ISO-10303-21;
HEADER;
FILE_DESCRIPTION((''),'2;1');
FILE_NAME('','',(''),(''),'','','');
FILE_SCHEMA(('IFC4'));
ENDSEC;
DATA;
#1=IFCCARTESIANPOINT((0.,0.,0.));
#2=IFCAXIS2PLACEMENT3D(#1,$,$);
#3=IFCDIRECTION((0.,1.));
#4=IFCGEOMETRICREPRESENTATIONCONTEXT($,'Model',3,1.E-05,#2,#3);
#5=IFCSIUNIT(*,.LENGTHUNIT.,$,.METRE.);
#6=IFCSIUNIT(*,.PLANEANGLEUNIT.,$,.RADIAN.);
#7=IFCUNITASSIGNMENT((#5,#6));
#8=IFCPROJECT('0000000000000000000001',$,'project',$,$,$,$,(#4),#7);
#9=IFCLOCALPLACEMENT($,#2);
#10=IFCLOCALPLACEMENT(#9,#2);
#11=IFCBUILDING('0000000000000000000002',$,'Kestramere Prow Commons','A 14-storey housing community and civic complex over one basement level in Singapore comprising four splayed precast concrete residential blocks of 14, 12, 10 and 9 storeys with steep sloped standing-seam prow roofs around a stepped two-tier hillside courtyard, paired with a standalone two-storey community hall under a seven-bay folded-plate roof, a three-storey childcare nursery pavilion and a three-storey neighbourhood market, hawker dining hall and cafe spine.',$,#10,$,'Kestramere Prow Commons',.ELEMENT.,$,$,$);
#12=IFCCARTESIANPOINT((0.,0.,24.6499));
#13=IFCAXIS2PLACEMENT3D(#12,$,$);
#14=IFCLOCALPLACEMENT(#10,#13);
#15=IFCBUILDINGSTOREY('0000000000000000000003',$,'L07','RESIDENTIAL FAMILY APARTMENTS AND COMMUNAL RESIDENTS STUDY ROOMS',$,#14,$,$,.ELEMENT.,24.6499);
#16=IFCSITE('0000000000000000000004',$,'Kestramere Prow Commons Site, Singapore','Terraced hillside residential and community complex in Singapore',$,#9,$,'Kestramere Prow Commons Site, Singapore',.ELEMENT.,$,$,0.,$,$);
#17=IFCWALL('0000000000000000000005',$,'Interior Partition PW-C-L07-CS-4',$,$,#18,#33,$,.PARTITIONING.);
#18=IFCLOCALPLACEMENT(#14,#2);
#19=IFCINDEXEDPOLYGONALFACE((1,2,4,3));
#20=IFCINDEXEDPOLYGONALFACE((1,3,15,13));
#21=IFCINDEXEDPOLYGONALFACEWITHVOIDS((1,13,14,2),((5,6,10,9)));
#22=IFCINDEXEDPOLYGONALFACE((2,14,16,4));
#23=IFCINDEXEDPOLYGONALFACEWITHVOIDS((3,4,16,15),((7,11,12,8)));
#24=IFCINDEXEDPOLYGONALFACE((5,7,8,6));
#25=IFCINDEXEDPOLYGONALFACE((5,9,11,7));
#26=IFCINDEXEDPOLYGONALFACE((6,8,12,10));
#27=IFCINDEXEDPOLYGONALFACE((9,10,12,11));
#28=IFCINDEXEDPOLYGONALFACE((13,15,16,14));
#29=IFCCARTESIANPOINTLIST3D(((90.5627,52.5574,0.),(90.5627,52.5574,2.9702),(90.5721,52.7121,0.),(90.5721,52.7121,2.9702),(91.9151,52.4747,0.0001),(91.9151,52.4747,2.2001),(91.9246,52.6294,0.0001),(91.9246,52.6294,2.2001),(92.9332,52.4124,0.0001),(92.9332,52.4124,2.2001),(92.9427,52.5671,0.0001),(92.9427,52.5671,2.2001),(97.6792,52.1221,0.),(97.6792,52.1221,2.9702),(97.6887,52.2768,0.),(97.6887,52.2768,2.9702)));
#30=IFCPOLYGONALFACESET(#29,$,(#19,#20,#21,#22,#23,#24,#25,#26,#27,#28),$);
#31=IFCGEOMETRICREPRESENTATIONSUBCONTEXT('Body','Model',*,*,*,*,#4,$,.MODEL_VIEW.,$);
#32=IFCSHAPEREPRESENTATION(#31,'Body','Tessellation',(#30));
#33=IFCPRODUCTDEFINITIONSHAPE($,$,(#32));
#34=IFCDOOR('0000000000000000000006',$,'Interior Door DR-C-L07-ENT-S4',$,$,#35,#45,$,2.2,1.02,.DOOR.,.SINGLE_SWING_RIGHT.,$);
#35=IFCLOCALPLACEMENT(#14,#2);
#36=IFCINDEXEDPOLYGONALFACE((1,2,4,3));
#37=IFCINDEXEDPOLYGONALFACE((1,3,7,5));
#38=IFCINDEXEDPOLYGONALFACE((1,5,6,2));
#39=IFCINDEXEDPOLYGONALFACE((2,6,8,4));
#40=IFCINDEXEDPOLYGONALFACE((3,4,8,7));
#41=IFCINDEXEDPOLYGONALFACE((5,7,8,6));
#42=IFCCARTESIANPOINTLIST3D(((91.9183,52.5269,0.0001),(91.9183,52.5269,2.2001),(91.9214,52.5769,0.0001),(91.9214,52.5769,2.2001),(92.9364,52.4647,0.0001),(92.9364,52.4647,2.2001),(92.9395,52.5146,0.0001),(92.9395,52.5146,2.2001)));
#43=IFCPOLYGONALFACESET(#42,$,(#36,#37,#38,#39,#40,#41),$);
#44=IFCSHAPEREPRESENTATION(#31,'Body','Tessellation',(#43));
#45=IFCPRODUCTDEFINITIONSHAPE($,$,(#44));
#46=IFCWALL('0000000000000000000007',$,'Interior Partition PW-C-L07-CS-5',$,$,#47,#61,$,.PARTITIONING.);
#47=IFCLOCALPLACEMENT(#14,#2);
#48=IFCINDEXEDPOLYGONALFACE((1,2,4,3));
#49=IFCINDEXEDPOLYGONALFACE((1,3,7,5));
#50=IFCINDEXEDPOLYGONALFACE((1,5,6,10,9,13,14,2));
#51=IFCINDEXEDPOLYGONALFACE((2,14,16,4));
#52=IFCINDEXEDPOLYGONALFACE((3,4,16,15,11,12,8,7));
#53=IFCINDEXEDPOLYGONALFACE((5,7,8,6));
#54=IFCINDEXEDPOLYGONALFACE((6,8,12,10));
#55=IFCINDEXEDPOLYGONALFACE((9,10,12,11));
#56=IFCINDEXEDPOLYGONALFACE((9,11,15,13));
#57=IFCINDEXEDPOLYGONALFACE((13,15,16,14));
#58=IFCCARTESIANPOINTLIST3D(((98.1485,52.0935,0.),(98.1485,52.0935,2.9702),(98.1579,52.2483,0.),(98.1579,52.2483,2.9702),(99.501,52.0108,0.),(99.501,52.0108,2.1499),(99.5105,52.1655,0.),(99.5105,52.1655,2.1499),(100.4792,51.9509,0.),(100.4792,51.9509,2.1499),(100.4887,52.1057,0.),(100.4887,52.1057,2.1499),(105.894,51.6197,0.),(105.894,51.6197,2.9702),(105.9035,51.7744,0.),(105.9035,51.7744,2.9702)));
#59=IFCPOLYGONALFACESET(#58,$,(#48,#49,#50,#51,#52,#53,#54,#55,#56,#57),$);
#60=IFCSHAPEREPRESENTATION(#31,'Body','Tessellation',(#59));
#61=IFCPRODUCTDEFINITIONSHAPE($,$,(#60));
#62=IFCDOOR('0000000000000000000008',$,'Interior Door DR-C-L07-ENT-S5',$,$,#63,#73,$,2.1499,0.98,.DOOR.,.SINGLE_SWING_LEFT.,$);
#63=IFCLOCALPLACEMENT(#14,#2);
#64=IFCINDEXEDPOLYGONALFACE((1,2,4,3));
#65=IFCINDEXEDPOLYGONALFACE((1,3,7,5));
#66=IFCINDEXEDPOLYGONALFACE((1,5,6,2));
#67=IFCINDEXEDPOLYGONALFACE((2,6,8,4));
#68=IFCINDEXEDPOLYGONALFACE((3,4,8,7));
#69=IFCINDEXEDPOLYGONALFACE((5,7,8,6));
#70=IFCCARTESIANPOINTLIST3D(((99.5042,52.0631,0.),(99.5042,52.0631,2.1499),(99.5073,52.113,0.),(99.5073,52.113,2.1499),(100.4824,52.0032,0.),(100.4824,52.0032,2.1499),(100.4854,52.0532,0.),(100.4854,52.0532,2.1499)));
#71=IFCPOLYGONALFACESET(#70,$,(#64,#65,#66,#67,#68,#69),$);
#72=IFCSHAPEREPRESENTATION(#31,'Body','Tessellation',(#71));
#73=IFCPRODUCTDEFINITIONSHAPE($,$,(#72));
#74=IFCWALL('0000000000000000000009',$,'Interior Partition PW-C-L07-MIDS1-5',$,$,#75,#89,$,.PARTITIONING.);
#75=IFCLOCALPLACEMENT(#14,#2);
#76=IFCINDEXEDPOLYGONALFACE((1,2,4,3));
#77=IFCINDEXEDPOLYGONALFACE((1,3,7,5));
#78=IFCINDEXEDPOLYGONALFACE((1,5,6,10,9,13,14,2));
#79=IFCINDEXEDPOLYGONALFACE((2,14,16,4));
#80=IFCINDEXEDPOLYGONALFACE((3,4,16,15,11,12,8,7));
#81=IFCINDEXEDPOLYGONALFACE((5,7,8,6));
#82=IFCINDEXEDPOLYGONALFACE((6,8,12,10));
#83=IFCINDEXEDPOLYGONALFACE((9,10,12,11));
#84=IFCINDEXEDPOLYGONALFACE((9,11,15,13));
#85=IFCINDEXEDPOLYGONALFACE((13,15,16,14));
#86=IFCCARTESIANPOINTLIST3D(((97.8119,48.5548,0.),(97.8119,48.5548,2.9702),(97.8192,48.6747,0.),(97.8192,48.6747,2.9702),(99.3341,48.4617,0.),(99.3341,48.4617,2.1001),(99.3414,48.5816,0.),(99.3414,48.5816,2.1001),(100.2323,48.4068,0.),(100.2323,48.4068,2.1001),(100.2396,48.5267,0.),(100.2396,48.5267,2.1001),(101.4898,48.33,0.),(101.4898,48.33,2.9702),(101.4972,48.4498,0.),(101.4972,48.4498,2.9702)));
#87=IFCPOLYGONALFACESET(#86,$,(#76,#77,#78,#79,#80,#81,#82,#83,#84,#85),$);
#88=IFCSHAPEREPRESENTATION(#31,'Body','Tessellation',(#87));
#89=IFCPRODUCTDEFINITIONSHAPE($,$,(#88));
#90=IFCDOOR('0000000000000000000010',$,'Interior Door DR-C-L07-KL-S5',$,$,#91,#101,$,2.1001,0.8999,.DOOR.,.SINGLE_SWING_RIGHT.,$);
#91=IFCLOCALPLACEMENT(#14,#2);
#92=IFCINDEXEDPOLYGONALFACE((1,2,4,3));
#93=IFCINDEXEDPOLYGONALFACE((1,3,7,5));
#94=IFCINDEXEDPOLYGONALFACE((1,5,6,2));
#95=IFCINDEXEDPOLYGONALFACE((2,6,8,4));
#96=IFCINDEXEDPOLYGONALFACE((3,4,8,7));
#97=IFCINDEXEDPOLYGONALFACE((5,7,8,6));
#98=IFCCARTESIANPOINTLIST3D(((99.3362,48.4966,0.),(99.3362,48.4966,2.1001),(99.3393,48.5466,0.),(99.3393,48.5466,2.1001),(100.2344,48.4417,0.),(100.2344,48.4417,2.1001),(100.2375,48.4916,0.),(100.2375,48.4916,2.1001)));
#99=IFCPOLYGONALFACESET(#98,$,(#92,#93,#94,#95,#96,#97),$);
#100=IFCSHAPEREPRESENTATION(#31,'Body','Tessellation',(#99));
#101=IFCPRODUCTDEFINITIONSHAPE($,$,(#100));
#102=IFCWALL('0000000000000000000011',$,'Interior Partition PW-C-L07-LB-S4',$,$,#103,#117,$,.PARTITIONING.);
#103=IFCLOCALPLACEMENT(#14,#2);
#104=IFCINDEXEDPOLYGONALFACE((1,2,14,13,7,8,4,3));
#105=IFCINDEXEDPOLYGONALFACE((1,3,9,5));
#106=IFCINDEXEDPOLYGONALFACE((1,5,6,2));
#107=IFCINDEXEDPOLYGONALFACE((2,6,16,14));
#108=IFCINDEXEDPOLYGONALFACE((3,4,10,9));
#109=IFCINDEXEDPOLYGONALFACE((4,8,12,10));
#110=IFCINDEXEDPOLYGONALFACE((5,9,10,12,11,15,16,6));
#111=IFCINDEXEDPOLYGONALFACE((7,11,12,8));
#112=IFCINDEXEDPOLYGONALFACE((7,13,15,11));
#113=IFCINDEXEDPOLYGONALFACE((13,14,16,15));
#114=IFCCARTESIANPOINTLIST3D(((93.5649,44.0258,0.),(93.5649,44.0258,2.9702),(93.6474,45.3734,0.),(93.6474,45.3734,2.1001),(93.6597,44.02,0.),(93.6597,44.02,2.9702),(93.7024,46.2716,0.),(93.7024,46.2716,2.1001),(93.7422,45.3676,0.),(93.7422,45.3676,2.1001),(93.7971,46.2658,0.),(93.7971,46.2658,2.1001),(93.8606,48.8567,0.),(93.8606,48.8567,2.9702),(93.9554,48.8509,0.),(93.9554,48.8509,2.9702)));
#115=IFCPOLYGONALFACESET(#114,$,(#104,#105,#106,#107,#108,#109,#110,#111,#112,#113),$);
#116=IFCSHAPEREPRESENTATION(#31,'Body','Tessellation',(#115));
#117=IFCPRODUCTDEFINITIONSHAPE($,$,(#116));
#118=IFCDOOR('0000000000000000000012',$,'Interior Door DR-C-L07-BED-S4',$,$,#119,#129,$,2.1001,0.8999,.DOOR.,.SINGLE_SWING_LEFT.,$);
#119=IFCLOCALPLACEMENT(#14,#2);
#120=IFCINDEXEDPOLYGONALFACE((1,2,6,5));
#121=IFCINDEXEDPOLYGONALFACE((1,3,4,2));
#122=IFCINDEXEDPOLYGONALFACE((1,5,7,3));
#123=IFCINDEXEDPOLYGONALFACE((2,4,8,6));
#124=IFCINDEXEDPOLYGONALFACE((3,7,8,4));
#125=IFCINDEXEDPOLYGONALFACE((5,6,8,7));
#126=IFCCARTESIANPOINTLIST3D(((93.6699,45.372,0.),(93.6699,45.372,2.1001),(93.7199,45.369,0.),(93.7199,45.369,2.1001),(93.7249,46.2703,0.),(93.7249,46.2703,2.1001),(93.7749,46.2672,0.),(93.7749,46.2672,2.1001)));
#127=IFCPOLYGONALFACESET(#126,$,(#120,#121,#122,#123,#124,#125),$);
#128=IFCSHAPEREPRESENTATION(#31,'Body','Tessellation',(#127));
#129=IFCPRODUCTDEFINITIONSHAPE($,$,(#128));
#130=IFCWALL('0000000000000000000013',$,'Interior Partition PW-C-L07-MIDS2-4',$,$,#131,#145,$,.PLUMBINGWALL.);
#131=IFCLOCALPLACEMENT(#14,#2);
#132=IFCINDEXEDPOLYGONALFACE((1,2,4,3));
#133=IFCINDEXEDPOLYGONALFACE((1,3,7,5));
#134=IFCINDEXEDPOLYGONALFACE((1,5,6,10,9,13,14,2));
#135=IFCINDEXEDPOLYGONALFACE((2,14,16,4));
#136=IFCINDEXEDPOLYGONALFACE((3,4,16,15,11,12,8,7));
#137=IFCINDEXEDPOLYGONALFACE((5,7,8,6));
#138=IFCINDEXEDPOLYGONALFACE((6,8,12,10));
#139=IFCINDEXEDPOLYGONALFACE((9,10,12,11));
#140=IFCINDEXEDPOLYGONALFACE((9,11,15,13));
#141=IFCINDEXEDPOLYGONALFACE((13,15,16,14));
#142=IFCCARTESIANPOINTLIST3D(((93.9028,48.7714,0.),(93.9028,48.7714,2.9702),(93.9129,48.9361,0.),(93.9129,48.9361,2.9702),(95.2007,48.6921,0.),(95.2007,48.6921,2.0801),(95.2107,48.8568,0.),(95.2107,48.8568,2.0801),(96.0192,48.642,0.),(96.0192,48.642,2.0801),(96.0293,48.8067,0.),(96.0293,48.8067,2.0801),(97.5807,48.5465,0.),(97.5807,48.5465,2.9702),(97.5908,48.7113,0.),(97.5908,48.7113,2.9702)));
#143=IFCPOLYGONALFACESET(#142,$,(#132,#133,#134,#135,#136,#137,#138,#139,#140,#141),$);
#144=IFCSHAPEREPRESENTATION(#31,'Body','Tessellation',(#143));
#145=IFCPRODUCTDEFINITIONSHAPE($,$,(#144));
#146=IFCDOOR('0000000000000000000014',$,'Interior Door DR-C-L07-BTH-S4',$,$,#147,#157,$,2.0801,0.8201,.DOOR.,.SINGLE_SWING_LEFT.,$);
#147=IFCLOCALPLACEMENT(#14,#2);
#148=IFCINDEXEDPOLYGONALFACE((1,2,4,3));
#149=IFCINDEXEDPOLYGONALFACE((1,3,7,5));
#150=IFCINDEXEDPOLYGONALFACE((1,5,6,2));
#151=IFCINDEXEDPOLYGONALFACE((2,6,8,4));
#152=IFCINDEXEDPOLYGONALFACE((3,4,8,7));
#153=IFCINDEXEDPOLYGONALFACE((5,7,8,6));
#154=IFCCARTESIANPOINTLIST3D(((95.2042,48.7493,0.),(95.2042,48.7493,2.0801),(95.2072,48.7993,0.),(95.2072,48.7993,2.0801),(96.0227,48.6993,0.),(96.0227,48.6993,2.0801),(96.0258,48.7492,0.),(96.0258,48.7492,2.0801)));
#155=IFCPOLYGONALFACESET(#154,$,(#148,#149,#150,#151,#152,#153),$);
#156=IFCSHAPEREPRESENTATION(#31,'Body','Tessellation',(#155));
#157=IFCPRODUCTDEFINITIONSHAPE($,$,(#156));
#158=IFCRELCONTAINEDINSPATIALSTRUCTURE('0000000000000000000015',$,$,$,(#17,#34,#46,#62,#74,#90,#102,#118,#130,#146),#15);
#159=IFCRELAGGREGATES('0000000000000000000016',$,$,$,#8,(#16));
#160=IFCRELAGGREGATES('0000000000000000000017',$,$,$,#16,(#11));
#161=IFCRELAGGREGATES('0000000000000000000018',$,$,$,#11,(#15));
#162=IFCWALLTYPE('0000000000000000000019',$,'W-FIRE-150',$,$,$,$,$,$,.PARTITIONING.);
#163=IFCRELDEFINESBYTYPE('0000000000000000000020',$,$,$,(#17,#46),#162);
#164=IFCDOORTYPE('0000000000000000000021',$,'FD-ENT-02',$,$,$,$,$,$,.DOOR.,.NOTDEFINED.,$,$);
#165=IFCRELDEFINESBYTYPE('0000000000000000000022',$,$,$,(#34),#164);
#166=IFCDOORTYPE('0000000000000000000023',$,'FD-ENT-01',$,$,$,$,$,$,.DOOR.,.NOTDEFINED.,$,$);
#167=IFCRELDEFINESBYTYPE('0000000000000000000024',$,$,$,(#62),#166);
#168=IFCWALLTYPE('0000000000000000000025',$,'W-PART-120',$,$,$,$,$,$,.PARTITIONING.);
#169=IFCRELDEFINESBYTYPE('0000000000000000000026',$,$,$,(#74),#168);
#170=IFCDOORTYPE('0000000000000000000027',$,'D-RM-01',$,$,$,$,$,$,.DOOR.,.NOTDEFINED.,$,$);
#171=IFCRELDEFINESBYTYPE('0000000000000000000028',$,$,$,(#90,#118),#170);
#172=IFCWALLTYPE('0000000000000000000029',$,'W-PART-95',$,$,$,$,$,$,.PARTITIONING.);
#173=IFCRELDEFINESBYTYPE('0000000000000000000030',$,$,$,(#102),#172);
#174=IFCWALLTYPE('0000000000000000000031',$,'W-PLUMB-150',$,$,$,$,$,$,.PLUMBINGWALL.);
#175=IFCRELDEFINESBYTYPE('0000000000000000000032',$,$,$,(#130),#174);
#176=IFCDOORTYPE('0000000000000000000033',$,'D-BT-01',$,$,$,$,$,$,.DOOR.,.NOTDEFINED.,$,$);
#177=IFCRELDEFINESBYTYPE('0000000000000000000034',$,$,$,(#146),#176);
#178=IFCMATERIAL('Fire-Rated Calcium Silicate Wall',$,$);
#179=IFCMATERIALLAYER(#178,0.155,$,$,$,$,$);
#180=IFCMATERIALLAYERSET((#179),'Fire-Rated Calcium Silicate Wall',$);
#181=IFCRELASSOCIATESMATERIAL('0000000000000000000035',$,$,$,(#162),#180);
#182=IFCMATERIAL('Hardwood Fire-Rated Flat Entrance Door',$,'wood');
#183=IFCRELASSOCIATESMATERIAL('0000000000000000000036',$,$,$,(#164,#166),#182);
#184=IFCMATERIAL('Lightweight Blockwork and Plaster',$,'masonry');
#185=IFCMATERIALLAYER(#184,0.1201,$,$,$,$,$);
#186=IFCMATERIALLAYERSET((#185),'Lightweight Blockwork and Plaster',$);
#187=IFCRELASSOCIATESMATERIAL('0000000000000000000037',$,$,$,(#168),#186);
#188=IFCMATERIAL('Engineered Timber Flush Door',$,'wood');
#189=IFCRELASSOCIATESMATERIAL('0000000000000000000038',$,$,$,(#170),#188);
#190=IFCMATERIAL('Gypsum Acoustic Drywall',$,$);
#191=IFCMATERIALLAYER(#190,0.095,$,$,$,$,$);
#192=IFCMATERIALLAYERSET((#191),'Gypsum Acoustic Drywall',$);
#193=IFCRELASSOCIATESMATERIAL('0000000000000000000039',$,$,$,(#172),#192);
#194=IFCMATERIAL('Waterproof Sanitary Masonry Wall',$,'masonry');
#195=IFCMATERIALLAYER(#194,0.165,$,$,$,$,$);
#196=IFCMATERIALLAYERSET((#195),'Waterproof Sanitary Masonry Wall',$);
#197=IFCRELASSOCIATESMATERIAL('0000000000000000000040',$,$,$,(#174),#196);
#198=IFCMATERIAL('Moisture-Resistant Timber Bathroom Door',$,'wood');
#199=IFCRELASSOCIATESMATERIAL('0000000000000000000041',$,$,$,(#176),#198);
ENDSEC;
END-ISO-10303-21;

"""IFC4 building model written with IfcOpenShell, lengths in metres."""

from ifc_helpers import new_model, si_unit, direction, frame, frame_2d, origin, place, context, subcontext, project, spatial, rectangle, extrude, material, layer, layer_set, type_object, element, fill, save


model = new_model("IFC4")

# Units and contexts
model_context = context("Model", 3, precision=1e-05, world=origin(), true_north=direction((0.0, 1.0)))
body_context = subcontext(model_context, "Body", "Model", "MODEL_VIEW")
ifc_project = project(units=[si_unit("LENGTHUNIT", "METRE"), si_unit("PLANEANGLEUNIT", "RADIAN")], contexts=[model_context])

# Site, building, storey
site_placement = place(None, origin())
site = spatial("IfcSite", under=ifc_project, at=site_placement, Name="Kestramere Prow Commons Site, Singapore", Description="Terraced hillside residential and community complex in Singapore", LongName="Kestramere Prow Commons Site, Singapore", CompositionType="ELEMENT", RefElevation=0.0)
building_placement = place(site_placement, origin())
building = spatial("IfcBuilding", under=site, at=building_placement, Name="Kestramere Prow Commons", Description="A 14-storey housing community and civic complex over one basement level in Singapore comprising four splayed precast concrete residential blocks of 14, 12, 10 and 9 storeys with steep sloped standing-seam prow roofs around a stepped two-tier hillside courtyard, paired with a standalone two-storey community hall under a seven-bay folded-plate roof, a three-storey childcare nursery pavilion and a three-storey neighbourhood market, hawker dining hall and cafe spine.", LongName="Kestramere Prow Commons", CompositionType="ELEMENT")
storey_placement = place(building_placement, frame((0.0, 0.0, 24.6499)))
storey = spatial("IfcBuildingStorey", under=building, at=storey_placement, Name="L07", Description="RESIDENTIAL FAMILY APARTMENTS AND COMMUNAL RESIDENTS STUDY ROOMS", CompositionType="ELEMENT", Elevation=24.6499)

# Walls, openings, doors
ifc_material_1 = material(Name="Fire-Rated Calcium Silicate Wall")
ifc_layer_1 = layer(ifc_material_1, 0.155)
ifc_layer_set_1 = layer_set([ifc_layer_1], Name="Fire-Rated Calcium Silicate Wall")
wall_type_1 = type_object("IfcWallType", Name="W-FIRE-150", PredefinedType="PARTITIONING", material=ifc_layer_set_1)
wall_1_placement = place(storey_placement, frame((90.5674, 52.6348, 0.0), z_axis=(0.0, 0.0, 1.0), x_axis=(0.998135, -0.061052, 0.0)))
wall_1 = element("IfcWall", 1, at=wall_1_placement, inside=storey, type_object=wall_type_1, Name="Interior Partition PW-C-L07-CS-4", PredefinedType="PARTITIONING", context=body_context, shape_type="SweptSolid", body=[
    extrude(rectangle(XDim=7.1299, YDim=0.155, at=frame_2d((3.5649, 0.0))), origin(), (0.0, 0.0, 1.0), 2.9702),
])
opening_1_placement = place(wall_1_placement, frame((1.355, 0.0, 0.0)))
opening_1 = element("IfcOpeningElement", 2, at=opening_1_placement, cuts=wall_1, PredefinedType="OPENING", context=body_context, shape_type="SweptSolid", body=[
    extrude(rectangle(XDim=1.02, YDim=2.2, at=frame_2d((0.51, 1.1001))), frame((0.0, 0.0925, 0.0), z_axis=(0.0, -1.0, 0.0), x_axis=(1.0, 0.0, 0.0)), (0.0, 0.0, 1.0), 0.1851),
])
ifc_material_2 = material(Name="Hardwood Fire-Rated Flat Entrance Door", Category="wood")
door_type_1 = type_object("IfcDoorType", Name="FD-ENT-02", OperationType="NOTDEFINED", PredefinedType="DOOR", material=ifc_material_2)
door_1_placement = place(opening_1_placement, origin())
door_1 = element("IfcDoor", 3, at=door_1_placement, inside=storey, type_object=door_type_1, Name="Interior Door DR-C-L07-ENT-S4", OperationType="SINGLE_SWING_RIGHT", OverallHeight=2.2, OverallWidth=1.02, PredefinedType="DOOR", context=body_context, shape_type="SweptSolid", body=[
    extrude(rectangle(XDim=1.02, YDim=2.2, at=frame_2d((0.51, 1.1001))), frame((0.0, 0.0249, 0.0), z_axis=(0.0, -1.0, 0.0), x_axis=(1.0, 0.0, 0.0)), (0.0, 0.0, 1.0), 0.05),
])
fill(opening_1, door_1)
wall_2_placement = place(storey_placement, frame((98.1533, 52.1709, 0.0), z_axis=(0.0, 0.0, 1.0), x_axis=(0.998134, -0.061066, 0.0)))
wall_2 = element("IfcWall", 4, at=wall_2_placement, inside=storey, type_object=wall_type_1, Name="Interior Partition PW-C-L07-CS-5", PredefinedType="PARTITIONING", context=body_context, shape_type="SweptSolid", body=[
    extrude(rectangle(XDim=7.76, YDim=0.155, at=frame_2d((3.8799, 0.0))), origin(), (0.0, 0.0, 1.0), 2.9702),
])
opening_2_placement = place(wall_2_placement, frame((1.355, 0.0, 0.0)))
opening_2 = element("IfcOpeningElement", 5, at=opening_2_placement, cuts=wall_2, PredefinedType="OPENING", context=body_context, shape_type="SweptSolid", body=[
    extrude(rectangle(XDim=0.98, YDim=2.1499, at=frame_2d((0.49, 1.075))), frame((0.0, 0.0925, 0.0), z_axis=(0.0, -1.0, 0.0), x_axis=(1.0, 0.0, 0.0)), (0.0, 0.0, 1.0), 0.1851),
])
door_type_2 = type_object("IfcDoorType", Name="FD-ENT-01", OperationType="NOTDEFINED", PredefinedType="DOOR", material=ifc_material_2)
door_2_placement = place(opening_2_placement, origin())
door_2 = element("IfcDoor", 6, at=door_2_placement, inside=storey, type_object=door_type_2, Name="Interior Door DR-C-L07-ENT-S5", OperationType="SINGLE_SWING_LEFT", OverallHeight=2.1499, OverallWidth=0.98, PredefinedType="DOOR", context=body_context, shape_type="SweptSolid", body=[
    extrude(rectangle(XDim=0.98, YDim=2.1499, at=frame_2d((0.49, 1.075))), frame((0.0, 0.0249, 0.0), z_axis=(0.0, -1.0, 0.0), x_axis=(1.0, 0.0, 0.0)), (0.0, 0.0, 1.0), 0.05),
])
fill(opening_2, door_2)
ifc_material_3 = material(Name="Lightweight Blockwork and Plaster", Category="masonry")
ifc_layer_2 = layer(ifc_material_3, 0.1201)
ifc_layer_set_2 = layer_set([ifc_layer_2], Name="Lightweight Blockwork and Plaster")
wall_type_2 = type_object("IfcWallType", Name="W-PART-120", PredefinedType="PARTITIONING", material=ifc_layer_set_2)
wall_3_placement = place(storey_placement, frame((97.8157, 48.6147, 0.0), z_axis=(0.0, 0.0, 1.0), x_axis=(0.998136, -0.061021, 0.0)))
wall_3 = element("IfcWall", 7, at=wall_3_placement, inside=storey, type_object=wall_type_2, Name="Interior Partition PW-C-L07-MIDS1-5", PredefinedType="PARTITIONING", context=body_context, shape_type="SweptSolid", body=[
    extrude(rectangle(XDim=3.6848, YDim=0.1201, at=frame_2d((1.8423, 0.0))), origin(), (0.0, 0.0, 1.0), 2.9702),
])
opening_3_placement = place(wall_3_placement, frame((1.5249, 0.0, 0.0)))
opening_3 = element("IfcOpeningElement", 8, at=opening_3_placement, cuts=wall_3, PredefinedType="OPENING", context=body_context, shape_type="SweptSolid", body=[
    extrude(rectangle(XDim=0.8999, YDim=2.1001, at=frame_2d((0.45, 1.05))), frame((0.0, 0.075, 0.0), z_axis=(0.0, -1.0, 0.0), x_axis=(1.0, 0.0, 0.0)), (0.0, 0.0, 1.0), 0.1501),
])
ifc_material_4 = material(Name="Engineered Timber Flush Door", Category="wood")
door_type_3 = type_object("IfcDoorType", Name="D-RM-01", OperationType="NOTDEFINED", PredefinedType="DOOR", material=ifc_material_4)
door_3_placement = place(opening_3_placement, origin())
door_3 = element("IfcDoor", 9, at=door_3_placement, inside=storey, type_object=door_type_3, Name="Interior Door DR-C-L07-KL-S5", OperationType="SINGLE_SWING_RIGHT", OverallHeight=2.1001, OverallWidth=0.8999, PredefinedType="DOOR", context=body_context, shape_type="SweptSolid", body=[
    extrude(rectangle(XDim=0.8999, YDim=2.1001, at=frame_2d((0.45, 1.05))), frame((0.0, 0.0249, 0.0), z_axis=(0.0, -1.0, 0.0), x_axis=(1.0, 0.0, 0.0)), (0.0, 0.0, 1.0), 0.05),
])
fill(opening_3, door_3)
ifc_material_5 = material(Name="Gypsum Acoustic Drywall")
ifc_layer_3 = layer(ifc_material_5, 0.095)
ifc_layer_set_3 = layer_set([ifc_layer_3], Name="Gypsum Acoustic Drywall")
wall_type_3 = type_object("IfcWallType", Name="W-PART-95", PredefinedType="PARTITIONING", material=ifc_layer_set_3)
wall_4_placement = place(storey_placement, frame((93.6123, 44.0229, 0.0), z_axis=(0.0, 0.0, 1.0), x_axis=(0.061087, 0.998132, 0.0)))
wall_4 = element("IfcWall", 10, at=wall_4_placement, inside=storey, type_object=wall_type_3, Name="Interior Partition PW-C-L07-LB-S4", PredefinedType="PARTITIONING", context=body_context, shape_type="SweptSolid", body=[
    extrude(rectangle(XDim=4.8398, YDim=0.095, at=frame_2d((2.4199, 0.0))), origin(), (0.0, 0.0, 1.0), 2.9702),
])
opening_4_placement = place(wall_4_placement, frame((1.3501, 0.0, 0.0)))
opening_4 = element("IfcOpeningElement", 11, at=opening_4_placement, cuts=wall_4, PredefinedType="OPENING", context=body_context, shape_type="SweptSolid", body=[
    extrude(rectangle(XDim=0.8999, YDim=2.1001, at=frame_2d((0.45, 1.05))), frame((0.0, 0.0625, 0.0), z_axis=(0.0, -1.0, 0.0), x_axis=(1.0, 0.0, 0.0)), (0.0, 0.0, 1.0), 0.125),
])
door_4_placement = place(opening_4_placement, origin())
door_4 = element("IfcDoor", 12, at=door_4_placement, inside=storey, type_object=door_type_3, Name="Interior Door DR-C-L07-BED-S4", OperationType="SINGLE_SWING_LEFT", OverallHeight=2.1001, OverallWidth=0.8999, PredefinedType="DOOR", context=body_context, shape_type="SweptSolid", body=[
    extrude(rectangle(XDim=0.8999, YDim=2.1001, at=frame_2d((0.45, 1.05))), frame((0.0, 0.0249, 0.0), z_axis=(0.0, -1.0, 0.0), x_axis=(1.0, 0.0, 0.0)), (0.0, 0.0, 1.0), 0.05),
])
fill(opening_4, door_4)
ifc_material_6 = material(Name="Waterproof Sanitary Masonry Wall", Category="masonry")
ifc_layer_4 = layer(ifc_material_6, 0.165)
ifc_layer_set_4 = layer_set([ifc_layer_4], Name="Waterproof Sanitary Masonry Wall")
wall_type_4 = type_object("IfcWallType", Name="W-PLUMB-150", PredefinedType="PLUMBINGWALL", material=ifc_layer_set_4)
wall_5_placement = place(storey_placement, frame((93.908, 48.8538, 0.0), z_axis=(0.0, 0.0, 1.0), x_axis=(0.998136, -0.061021, 0.0)))
wall_5 = element("IfcWall", 13, at=wall_5_placement, inside=storey, type_object=wall_type_4, Name="Interior Partition PW-C-L07-MIDS2-4", PredefinedType="PLUMBINGWALL", context=body_context, shape_type="SweptSolid", body=[
    extrude(rectangle(XDim=3.6848, YDim=0.165, at=frame_2d((1.8423, 0.0))), origin(), (0.0, 0.0, 1.0), 2.9702),
])
opening_5_placement = place(wall_5_placement, frame((1.3, 0.0, 0.0)))
opening_5 = element("IfcOpeningElement", 14, at=opening_5_placement, cuts=wall_5, PredefinedType="OPENING", context=body_context, shape_type="SweptSolid", body=[
    extrude(rectangle(XDim=0.8201, YDim=2.0801, at=frame_2d((0.4102, 1.04))), frame((0.0, 0.0974, 0.0), z_axis=(0.0, -1.0, 0.0), x_axis=(1.0, 0.0, 0.0)), (0.0, 0.0, 1.0), 0.1951),
])
ifc_material_7 = material(Name="Moisture-Resistant Timber Bathroom Door", Category="wood")
door_type_4 = type_object("IfcDoorType", Name="D-BT-01", OperationType="NOTDEFINED", PredefinedType="DOOR", material=ifc_material_7)
door_5_placement = place(opening_5_placement, origin())
door_5 = element("IfcDoor", 15, at=door_5_placement, inside=storey, type_object=door_type_4, Name="Interior Door DR-C-L07-BTH-S4", OperationType="SINGLE_SWING_LEFT", OverallHeight=2.0801, OverallWidth=0.8201, PredefinedType="DOOR", context=body_context, shape_type="SweptSolid", body=[
    extrude(rectangle(XDim=0.8201, YDim=2.0801, at=frame_2d((0.4102, 1.04))), frame((0.0, 0.0249, 0.0), z_axis=(0.0, -1.0, 0.0), x_axis=(1.0, 0.0, 0.0)), (0.0, 0.0, 1.0), 0.05),
])
fill(opening_5, door_5)

save(model, "model.ifc")
